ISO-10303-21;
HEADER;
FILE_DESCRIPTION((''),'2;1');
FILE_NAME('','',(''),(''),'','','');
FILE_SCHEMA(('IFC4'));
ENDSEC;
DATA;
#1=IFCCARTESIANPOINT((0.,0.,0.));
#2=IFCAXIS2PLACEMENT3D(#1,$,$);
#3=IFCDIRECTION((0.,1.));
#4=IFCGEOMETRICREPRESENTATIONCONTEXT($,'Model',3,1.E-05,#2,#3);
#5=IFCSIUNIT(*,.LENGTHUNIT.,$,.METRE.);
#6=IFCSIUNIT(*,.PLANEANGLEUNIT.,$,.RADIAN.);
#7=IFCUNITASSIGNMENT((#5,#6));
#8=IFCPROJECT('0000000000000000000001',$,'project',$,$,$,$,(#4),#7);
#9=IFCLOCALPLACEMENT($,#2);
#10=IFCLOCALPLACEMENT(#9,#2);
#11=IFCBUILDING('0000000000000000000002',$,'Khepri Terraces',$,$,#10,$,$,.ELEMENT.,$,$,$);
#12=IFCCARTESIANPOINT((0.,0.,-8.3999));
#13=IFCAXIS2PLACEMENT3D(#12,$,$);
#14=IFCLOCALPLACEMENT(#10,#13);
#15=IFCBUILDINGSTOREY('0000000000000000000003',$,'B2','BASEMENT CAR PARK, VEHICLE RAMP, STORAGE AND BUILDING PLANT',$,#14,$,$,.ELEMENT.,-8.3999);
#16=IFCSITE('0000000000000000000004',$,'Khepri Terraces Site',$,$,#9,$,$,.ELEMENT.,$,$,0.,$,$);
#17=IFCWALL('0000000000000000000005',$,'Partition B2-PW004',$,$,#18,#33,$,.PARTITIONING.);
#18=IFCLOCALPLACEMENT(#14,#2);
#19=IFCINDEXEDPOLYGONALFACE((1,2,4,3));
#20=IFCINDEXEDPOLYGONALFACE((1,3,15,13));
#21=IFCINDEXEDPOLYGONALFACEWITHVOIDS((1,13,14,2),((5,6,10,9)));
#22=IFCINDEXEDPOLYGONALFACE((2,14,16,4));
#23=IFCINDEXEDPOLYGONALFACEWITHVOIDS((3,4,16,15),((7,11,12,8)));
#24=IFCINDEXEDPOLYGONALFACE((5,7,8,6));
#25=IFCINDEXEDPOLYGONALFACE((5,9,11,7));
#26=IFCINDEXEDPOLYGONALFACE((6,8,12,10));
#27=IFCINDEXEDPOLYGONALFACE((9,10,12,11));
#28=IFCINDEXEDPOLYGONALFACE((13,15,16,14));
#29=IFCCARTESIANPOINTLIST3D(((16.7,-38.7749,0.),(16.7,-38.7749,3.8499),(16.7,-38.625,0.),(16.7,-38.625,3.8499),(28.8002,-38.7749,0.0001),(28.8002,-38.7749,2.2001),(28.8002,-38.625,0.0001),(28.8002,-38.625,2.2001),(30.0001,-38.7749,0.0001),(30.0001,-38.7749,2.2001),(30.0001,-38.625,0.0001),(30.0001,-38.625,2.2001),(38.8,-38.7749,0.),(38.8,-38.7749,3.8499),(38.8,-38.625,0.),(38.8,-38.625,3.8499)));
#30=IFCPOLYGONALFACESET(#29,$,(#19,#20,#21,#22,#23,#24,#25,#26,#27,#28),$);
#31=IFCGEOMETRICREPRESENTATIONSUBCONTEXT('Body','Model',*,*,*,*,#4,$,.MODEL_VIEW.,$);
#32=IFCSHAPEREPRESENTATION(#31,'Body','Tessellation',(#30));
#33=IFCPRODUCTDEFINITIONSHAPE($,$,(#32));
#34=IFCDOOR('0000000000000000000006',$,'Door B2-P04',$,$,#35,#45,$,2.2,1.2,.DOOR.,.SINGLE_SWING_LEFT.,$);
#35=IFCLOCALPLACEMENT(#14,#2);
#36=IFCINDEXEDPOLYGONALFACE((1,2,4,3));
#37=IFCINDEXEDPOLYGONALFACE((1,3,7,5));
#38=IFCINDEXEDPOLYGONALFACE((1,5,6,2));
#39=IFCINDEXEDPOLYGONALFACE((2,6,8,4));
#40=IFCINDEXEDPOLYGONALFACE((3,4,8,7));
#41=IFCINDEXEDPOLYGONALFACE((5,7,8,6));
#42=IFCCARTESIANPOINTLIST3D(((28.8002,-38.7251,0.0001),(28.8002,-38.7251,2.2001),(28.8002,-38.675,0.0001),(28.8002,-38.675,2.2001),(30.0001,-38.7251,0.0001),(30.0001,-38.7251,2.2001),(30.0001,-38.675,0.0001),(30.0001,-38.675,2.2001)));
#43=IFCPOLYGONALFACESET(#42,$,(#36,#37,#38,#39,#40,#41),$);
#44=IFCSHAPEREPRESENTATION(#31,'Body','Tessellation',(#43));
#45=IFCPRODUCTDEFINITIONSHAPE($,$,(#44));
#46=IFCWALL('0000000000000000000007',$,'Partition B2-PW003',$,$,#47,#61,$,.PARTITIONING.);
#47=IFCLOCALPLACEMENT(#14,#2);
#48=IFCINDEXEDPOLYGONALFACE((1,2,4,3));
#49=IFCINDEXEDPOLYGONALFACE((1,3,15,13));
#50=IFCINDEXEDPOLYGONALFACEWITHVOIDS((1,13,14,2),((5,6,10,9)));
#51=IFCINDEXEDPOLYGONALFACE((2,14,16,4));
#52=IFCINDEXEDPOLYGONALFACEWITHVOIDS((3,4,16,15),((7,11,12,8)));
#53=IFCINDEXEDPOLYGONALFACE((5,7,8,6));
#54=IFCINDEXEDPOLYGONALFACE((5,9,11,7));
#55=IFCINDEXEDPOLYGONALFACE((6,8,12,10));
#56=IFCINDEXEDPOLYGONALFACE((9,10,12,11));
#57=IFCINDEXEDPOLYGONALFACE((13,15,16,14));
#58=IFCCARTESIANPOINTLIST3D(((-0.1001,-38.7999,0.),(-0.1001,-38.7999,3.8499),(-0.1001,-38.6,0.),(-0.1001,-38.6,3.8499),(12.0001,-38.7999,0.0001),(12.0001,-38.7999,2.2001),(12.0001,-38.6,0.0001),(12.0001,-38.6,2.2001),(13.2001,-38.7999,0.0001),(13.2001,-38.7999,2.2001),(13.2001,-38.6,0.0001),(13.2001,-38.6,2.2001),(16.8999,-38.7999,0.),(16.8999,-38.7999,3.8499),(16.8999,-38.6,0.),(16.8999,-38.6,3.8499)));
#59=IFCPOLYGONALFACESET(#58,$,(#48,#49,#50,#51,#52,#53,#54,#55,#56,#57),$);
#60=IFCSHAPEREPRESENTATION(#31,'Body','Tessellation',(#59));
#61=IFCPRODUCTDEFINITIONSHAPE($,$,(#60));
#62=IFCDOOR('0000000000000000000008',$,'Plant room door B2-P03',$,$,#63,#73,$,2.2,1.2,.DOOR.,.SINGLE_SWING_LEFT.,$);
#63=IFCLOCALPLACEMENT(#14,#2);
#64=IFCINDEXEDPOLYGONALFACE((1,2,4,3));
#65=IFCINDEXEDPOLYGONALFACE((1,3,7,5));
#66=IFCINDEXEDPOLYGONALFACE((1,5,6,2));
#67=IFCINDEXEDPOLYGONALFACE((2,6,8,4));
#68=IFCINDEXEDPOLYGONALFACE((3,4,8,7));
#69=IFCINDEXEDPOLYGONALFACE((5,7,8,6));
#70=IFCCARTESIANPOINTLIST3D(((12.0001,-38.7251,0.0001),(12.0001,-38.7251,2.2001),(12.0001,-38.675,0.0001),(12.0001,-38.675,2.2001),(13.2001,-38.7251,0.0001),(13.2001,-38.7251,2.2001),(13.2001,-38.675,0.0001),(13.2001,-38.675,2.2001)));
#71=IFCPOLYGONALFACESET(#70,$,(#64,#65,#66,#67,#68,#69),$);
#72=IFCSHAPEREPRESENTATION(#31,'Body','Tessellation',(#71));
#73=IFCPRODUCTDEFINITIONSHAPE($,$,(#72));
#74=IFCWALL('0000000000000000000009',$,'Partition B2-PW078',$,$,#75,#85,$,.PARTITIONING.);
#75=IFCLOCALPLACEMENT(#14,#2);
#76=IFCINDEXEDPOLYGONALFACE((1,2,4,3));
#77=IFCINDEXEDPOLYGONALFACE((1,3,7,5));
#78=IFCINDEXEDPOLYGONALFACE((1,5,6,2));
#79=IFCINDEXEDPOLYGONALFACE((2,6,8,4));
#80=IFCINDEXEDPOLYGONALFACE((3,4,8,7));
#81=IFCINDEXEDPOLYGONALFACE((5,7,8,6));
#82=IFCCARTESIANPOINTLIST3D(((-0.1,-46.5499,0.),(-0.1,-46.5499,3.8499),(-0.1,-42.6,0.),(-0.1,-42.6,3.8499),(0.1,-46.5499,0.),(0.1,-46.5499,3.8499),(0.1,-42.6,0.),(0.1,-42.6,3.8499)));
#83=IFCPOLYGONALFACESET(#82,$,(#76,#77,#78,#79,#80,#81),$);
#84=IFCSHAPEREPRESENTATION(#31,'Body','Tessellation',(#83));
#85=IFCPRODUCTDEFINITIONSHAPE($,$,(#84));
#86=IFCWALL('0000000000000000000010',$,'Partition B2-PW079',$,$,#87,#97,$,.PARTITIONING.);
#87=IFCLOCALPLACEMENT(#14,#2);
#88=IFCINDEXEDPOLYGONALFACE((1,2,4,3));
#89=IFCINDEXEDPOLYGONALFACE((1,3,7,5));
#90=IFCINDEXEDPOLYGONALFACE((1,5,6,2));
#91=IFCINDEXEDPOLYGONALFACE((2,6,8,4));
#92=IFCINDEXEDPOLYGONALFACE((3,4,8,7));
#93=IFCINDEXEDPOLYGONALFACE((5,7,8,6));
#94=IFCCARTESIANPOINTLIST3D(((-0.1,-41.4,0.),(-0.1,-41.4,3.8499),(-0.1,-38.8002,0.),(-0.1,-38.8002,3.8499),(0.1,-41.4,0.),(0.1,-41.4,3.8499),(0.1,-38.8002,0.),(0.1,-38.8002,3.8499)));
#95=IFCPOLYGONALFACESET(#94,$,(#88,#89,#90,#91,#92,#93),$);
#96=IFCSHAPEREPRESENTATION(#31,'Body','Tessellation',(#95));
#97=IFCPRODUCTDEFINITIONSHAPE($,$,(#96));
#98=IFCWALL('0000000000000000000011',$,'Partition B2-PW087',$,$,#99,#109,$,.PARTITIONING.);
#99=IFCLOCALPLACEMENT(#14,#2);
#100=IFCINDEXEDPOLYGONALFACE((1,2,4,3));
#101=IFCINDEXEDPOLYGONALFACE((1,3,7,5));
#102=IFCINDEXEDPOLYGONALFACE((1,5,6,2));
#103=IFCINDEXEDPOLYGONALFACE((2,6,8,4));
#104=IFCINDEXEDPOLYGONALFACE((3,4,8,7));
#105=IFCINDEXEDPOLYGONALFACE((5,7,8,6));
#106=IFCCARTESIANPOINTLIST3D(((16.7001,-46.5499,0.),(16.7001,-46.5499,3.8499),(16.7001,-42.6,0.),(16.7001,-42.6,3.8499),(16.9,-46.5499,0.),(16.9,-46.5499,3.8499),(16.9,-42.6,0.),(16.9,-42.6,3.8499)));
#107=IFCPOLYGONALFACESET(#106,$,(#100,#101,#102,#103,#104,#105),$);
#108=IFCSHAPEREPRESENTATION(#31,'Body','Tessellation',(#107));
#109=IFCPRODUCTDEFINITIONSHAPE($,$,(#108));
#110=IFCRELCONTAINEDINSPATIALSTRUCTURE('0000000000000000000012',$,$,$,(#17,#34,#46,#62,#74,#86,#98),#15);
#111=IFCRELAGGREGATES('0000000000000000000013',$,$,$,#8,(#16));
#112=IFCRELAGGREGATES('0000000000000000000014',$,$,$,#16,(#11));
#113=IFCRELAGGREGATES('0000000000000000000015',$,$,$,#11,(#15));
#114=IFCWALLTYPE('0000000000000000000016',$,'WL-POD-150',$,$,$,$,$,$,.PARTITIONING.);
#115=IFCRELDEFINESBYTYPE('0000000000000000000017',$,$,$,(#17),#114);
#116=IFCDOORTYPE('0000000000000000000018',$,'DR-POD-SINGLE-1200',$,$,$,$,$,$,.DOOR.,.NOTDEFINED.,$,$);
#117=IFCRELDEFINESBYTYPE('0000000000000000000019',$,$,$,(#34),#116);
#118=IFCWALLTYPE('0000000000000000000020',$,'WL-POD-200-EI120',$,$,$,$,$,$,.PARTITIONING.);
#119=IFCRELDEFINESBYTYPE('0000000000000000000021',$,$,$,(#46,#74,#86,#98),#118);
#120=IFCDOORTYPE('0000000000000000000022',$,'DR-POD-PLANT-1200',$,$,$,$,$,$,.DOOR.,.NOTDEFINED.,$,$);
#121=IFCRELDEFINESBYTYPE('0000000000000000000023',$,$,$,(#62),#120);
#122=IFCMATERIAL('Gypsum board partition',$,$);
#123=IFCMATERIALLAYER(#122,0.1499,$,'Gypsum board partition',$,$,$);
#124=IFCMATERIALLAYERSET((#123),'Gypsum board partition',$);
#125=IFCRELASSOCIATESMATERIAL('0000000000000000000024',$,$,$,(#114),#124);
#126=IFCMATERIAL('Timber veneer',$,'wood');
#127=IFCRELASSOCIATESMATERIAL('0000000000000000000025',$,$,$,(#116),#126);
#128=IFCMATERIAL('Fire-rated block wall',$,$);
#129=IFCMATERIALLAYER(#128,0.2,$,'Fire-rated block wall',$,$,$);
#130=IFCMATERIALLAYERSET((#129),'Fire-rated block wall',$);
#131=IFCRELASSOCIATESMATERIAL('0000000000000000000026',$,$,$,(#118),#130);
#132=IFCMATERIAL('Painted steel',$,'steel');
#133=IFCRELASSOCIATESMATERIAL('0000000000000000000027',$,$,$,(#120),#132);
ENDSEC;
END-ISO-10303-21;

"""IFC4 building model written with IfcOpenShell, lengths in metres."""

from ifc_helpers import new_model, si_unit, direction, frame, frame_2d, origin, place, context, subcontext, project, spatial, rectangle, extrude, material, layer, layer_set, type_object, element, fill, save


model = new_model("IFC4")

# Units and contexts
model_context = context("Model", 3, precision=1e-05, world=origin(), true_north=direction((0.0, 1.0)))
body_context = subcontext(model_context, "Body", "Model", "MODEL_VIEW")
ifc_project = project(units=[si_unit("LENGTHUNIT", "METRE"), si_unit("PLANEANGLEUNIT", "RADIAN")], contexts=[model_context])

# Site, building, storey
site_placement = place(None, origin())
site = spatial("IfcSite", under=ifc_project, at=site_placement, Name="Khepri Terraces Site", CompositionType="ELEMENT", RefElevation=0.0)
building_placement = place(site_placement, origin())
building = spatial("IfcBuilding", under=site, at=building_placement, Name="Khepri Terraces", CompositionType="ELEMENT")
storey_placement = place(building_placement, frame((0.0, 0.0, -8.3999)))
storey = spatial("IfcBuildingStorey", under=building, at=storey_placement, Name="B2", Description="BASEMENT CAR PARK, VEHICLE RAMP, STORAGE AND BUILDING PLANT", CompositionType="ELEMENT", Elevation=-8.3999)

# Walls, openings, doors
ifc_material_1 = material(Name="Gypsum board partition")
ifc_layer_1 = layer(ifc_material_1, 0.1499, Name="Gypsum board partition")
ifc_layer_set_1 = layer_set([ifc_layer_1], Name="Gypsum board partition")
wall_type_1 = type_object("IfcWallType", Name="WL-POD-150", PredefinedType="PARTITIONING", material=ifc_layer_set_1)
wall_1_placement = place(storey_placement, frame((16.7, -38.7, 0.0), z_axis=(0.0, 0.0, 1.0), x_axis=(1.0, 0.0, 0.0)))
wall_1 = element("IfcWall", 1, at=wall_1_placement, inside=storey, type_object=wall_type_1, Name="Partition B2-PW004", PredefinedType="PARTITIONING", context=body_context, shape_type="SweptSolid", body=[
    extrude(rectangle(XDim=22.1001, YDim=0.1499, at=frame_2d((11.05, 0.0))), origin(), (0.0, 0.0, 1.0), 3.8499),
])
opening_1_placement = place(wall_1_placement, frame((12.1001, 0.0, 0.0)))
opening_1 = element("IfcOpeningElement", 2, at=opening_1_placement, cuts=wall_1, PredefinedType="OPENING", context=body_context, shape_type="SweptSolid", body=[
    extrude(rectangle(XDim=1.2, YDim=2.2, at=frame_2d((0.6001, 1.1001))), frame((0.0, 0.085, 0.0), z_axis=(0.0, -1.0, 0.0), x_axis=(1.0, 0.0, 0.0)), (0.0, 0.0, 1.0), 0.1699),
])
ifc_material_2 = material(Name="Timber veneer", Category="wood")
door_type_1 = type_object("IfcDoorType", Name="DR-POD-SINGLE-1200", OperationType="NOTDEFINED", PredefinedType="DOOR", material=ifc_material_2)
door_1_placement = place(opening_1_placement, origin())
door_1 = element("IfcDoor", 3, at=door_1_placement, inside=storey, type_object=door_type_1, Name="Door B2-P04", OperationType="SINGLE_SWING_LEFT", OverallHeight=2.2, OverallWidth=1.2, PredefinedType="DOOR", context=body_context, shape_type="SweptSolid", body=[
    extrude(rectangle(XDim=1.2, YDim=2.2, at=frame_2d((0.6001, 1.1001))), frame((0.0, 0.0249, 0.0), z_axis=(0.0, -1.0, 0.0), x_axis=(1.0, 0.0, 0.0)), (0.0, 0.0, 1.0), 0.05),
])
fill(opening_1, door_1)
ifc_material_3 = material(Name="Fire-rated block wall")
ifc_layer_2 = layer(ifc_material_3, 0.2, Name="Fire-rated block wall")
ifc_layer_set_2 = layer_set([ifc_layer_2], Name="Fire-rated block wall")
wall_type_2 = type_object("IfcWallType", Name="WL-POD-200-EI120", PredefinedType="PARTITIONING", material=ifc_layer_set_2)
wall_2_placement = place(storey_placement, frame((-0.1001, -38.7, 0.0), z_axis=(0.0, 0.0, 1.0), x_axis=(1.0, 0.0, 0.0)))
wall_2 = element("IfcWall", 4, at=wall_2_placement, inside=storey, type_object=wall_type_2, Name="Partition B2-PW003", PredefinedType="PARTITIONING", context=body_context, shape_type="SweptSolid", body=[
    extrude(rectangle(XDim=17.0, YDim=0.2, at=frame_2d((8.5, 0.0))), origin(), (0.0, 0.0, 1.0), 3.8499),
])
opening_2_placement = place(wall_2_placement, frame((12.1001, 0.0, 0.0)))
opening_2 = element("IfcOpeningElement", 5, at=opening_2_placement, cuts=wall_2, PredefinedType="OPENING", context=body_context, shape_type="SweptSolid", body=[
    extrude(rectangle(XDim=1.2, YDim=2.2, at=frame_2d((0.6001, 1.1001))), frame((0.0, 0.1099, 0.0), z_axis=(0.0, -1.0, 0.0), x_axis=(1.0, 0.0, 0.0)), (0.0, 0.0, 1.0), 0.22),
])
ifc_material_4 = material(Name="Painted steel", Category="steel")
door_type_2 = type_object("IfcDoorType", Name="DR-POD-PLANT-1200", OperationType="NOTDEFINED", PredefinedType="DOOR", material=ifc_material_4)
door_2_placement = place(opening_2_placement, origin())
door_2 = element("IfcDoor", 6, at=door_2_placement, inside=storey, type_object=door_type_2, Name="Plant room door B2-P03", OperationType="SINGLE_SWING_LEFT", OverallHeight=2.2, OverallWidth=1.2, PredefinedType="DOOR", context=body_context, shape_type="SweptSolid", body=[
    extrude(rectangle(XDim=1.2, YDim=2.2, at=frame_2d((0.6001, 1.1001))), frame((0.0, 0.0249, 0.0), z_axis=(0.0, -1.0, 0.0), x_axis=(1.0, 0.0, 0.0)), (0.0, 0.0, 1.0), 0.05),
])
fill(opening_2, door_2)

# Walls
wall_3_placement = place(storey_placement, frame((0.0, -46.55, 0.0), z_axis=(0.0, 0.0, 1.0), x_axis=(0.0, 1.0, 0.0)))
element("IfcWall", 7, at=wall_3_placement, inside=storey, type_object=wall_type_2, Name="Partition B2-PW078", PredefinedType="PARTITIONING", context=body_context, shape_type="SweptSolid", body=[
    extrude(rectangle(XDim=3.95, YDim=0.2, at=frame_2d((1.9751, 0.0))), origin(), (0.0, 0.0, 1.0), 3.8499),
])
wall_4_placement = place(storey_placement, frame((0.0, -41.3999, 0.0), z_axis=(0.0, 0.0, 1.0), x_axis=(0.0, 1.0, 0.0)))
element("IfcWall", 8, at=wall_4_placement, inside=storey, type_object=wall_type_2, Name="Partition B2-PW079", PredefinedType="PARTITIONING", context=body_context, shape_type="SweptSolid", body=[
    extrude(rectangle(XDim=2.5999, YDim=0.2, at=frame_2d((1.2998, 0.0))), origin(), (0.0, 0.0, 1.0), 3.8499),
])
wall_5_placement = place(storey_placement, frame((16.8, -46.55, 0.0), z_axis=(0.0, 0.0, 1.0), x_axis=(0.0, 1.0, 0.0)))
element("IfcWall", 9, at=wall_5_placement, inside=storey, type_object=wall_type_2, Name="Partition B2-PW087", PredefinedType="PARTITIONING", context=body_context, shape_type="SweptSolid", body=[
    extrude(rectangle(XDim=3.95, YDim=0.2, at=frame_2d((1.9751, 0.0))), origin(), (0.0, 0.0, 1.0), 3.8499),
])

save(model, "model.ifc")
